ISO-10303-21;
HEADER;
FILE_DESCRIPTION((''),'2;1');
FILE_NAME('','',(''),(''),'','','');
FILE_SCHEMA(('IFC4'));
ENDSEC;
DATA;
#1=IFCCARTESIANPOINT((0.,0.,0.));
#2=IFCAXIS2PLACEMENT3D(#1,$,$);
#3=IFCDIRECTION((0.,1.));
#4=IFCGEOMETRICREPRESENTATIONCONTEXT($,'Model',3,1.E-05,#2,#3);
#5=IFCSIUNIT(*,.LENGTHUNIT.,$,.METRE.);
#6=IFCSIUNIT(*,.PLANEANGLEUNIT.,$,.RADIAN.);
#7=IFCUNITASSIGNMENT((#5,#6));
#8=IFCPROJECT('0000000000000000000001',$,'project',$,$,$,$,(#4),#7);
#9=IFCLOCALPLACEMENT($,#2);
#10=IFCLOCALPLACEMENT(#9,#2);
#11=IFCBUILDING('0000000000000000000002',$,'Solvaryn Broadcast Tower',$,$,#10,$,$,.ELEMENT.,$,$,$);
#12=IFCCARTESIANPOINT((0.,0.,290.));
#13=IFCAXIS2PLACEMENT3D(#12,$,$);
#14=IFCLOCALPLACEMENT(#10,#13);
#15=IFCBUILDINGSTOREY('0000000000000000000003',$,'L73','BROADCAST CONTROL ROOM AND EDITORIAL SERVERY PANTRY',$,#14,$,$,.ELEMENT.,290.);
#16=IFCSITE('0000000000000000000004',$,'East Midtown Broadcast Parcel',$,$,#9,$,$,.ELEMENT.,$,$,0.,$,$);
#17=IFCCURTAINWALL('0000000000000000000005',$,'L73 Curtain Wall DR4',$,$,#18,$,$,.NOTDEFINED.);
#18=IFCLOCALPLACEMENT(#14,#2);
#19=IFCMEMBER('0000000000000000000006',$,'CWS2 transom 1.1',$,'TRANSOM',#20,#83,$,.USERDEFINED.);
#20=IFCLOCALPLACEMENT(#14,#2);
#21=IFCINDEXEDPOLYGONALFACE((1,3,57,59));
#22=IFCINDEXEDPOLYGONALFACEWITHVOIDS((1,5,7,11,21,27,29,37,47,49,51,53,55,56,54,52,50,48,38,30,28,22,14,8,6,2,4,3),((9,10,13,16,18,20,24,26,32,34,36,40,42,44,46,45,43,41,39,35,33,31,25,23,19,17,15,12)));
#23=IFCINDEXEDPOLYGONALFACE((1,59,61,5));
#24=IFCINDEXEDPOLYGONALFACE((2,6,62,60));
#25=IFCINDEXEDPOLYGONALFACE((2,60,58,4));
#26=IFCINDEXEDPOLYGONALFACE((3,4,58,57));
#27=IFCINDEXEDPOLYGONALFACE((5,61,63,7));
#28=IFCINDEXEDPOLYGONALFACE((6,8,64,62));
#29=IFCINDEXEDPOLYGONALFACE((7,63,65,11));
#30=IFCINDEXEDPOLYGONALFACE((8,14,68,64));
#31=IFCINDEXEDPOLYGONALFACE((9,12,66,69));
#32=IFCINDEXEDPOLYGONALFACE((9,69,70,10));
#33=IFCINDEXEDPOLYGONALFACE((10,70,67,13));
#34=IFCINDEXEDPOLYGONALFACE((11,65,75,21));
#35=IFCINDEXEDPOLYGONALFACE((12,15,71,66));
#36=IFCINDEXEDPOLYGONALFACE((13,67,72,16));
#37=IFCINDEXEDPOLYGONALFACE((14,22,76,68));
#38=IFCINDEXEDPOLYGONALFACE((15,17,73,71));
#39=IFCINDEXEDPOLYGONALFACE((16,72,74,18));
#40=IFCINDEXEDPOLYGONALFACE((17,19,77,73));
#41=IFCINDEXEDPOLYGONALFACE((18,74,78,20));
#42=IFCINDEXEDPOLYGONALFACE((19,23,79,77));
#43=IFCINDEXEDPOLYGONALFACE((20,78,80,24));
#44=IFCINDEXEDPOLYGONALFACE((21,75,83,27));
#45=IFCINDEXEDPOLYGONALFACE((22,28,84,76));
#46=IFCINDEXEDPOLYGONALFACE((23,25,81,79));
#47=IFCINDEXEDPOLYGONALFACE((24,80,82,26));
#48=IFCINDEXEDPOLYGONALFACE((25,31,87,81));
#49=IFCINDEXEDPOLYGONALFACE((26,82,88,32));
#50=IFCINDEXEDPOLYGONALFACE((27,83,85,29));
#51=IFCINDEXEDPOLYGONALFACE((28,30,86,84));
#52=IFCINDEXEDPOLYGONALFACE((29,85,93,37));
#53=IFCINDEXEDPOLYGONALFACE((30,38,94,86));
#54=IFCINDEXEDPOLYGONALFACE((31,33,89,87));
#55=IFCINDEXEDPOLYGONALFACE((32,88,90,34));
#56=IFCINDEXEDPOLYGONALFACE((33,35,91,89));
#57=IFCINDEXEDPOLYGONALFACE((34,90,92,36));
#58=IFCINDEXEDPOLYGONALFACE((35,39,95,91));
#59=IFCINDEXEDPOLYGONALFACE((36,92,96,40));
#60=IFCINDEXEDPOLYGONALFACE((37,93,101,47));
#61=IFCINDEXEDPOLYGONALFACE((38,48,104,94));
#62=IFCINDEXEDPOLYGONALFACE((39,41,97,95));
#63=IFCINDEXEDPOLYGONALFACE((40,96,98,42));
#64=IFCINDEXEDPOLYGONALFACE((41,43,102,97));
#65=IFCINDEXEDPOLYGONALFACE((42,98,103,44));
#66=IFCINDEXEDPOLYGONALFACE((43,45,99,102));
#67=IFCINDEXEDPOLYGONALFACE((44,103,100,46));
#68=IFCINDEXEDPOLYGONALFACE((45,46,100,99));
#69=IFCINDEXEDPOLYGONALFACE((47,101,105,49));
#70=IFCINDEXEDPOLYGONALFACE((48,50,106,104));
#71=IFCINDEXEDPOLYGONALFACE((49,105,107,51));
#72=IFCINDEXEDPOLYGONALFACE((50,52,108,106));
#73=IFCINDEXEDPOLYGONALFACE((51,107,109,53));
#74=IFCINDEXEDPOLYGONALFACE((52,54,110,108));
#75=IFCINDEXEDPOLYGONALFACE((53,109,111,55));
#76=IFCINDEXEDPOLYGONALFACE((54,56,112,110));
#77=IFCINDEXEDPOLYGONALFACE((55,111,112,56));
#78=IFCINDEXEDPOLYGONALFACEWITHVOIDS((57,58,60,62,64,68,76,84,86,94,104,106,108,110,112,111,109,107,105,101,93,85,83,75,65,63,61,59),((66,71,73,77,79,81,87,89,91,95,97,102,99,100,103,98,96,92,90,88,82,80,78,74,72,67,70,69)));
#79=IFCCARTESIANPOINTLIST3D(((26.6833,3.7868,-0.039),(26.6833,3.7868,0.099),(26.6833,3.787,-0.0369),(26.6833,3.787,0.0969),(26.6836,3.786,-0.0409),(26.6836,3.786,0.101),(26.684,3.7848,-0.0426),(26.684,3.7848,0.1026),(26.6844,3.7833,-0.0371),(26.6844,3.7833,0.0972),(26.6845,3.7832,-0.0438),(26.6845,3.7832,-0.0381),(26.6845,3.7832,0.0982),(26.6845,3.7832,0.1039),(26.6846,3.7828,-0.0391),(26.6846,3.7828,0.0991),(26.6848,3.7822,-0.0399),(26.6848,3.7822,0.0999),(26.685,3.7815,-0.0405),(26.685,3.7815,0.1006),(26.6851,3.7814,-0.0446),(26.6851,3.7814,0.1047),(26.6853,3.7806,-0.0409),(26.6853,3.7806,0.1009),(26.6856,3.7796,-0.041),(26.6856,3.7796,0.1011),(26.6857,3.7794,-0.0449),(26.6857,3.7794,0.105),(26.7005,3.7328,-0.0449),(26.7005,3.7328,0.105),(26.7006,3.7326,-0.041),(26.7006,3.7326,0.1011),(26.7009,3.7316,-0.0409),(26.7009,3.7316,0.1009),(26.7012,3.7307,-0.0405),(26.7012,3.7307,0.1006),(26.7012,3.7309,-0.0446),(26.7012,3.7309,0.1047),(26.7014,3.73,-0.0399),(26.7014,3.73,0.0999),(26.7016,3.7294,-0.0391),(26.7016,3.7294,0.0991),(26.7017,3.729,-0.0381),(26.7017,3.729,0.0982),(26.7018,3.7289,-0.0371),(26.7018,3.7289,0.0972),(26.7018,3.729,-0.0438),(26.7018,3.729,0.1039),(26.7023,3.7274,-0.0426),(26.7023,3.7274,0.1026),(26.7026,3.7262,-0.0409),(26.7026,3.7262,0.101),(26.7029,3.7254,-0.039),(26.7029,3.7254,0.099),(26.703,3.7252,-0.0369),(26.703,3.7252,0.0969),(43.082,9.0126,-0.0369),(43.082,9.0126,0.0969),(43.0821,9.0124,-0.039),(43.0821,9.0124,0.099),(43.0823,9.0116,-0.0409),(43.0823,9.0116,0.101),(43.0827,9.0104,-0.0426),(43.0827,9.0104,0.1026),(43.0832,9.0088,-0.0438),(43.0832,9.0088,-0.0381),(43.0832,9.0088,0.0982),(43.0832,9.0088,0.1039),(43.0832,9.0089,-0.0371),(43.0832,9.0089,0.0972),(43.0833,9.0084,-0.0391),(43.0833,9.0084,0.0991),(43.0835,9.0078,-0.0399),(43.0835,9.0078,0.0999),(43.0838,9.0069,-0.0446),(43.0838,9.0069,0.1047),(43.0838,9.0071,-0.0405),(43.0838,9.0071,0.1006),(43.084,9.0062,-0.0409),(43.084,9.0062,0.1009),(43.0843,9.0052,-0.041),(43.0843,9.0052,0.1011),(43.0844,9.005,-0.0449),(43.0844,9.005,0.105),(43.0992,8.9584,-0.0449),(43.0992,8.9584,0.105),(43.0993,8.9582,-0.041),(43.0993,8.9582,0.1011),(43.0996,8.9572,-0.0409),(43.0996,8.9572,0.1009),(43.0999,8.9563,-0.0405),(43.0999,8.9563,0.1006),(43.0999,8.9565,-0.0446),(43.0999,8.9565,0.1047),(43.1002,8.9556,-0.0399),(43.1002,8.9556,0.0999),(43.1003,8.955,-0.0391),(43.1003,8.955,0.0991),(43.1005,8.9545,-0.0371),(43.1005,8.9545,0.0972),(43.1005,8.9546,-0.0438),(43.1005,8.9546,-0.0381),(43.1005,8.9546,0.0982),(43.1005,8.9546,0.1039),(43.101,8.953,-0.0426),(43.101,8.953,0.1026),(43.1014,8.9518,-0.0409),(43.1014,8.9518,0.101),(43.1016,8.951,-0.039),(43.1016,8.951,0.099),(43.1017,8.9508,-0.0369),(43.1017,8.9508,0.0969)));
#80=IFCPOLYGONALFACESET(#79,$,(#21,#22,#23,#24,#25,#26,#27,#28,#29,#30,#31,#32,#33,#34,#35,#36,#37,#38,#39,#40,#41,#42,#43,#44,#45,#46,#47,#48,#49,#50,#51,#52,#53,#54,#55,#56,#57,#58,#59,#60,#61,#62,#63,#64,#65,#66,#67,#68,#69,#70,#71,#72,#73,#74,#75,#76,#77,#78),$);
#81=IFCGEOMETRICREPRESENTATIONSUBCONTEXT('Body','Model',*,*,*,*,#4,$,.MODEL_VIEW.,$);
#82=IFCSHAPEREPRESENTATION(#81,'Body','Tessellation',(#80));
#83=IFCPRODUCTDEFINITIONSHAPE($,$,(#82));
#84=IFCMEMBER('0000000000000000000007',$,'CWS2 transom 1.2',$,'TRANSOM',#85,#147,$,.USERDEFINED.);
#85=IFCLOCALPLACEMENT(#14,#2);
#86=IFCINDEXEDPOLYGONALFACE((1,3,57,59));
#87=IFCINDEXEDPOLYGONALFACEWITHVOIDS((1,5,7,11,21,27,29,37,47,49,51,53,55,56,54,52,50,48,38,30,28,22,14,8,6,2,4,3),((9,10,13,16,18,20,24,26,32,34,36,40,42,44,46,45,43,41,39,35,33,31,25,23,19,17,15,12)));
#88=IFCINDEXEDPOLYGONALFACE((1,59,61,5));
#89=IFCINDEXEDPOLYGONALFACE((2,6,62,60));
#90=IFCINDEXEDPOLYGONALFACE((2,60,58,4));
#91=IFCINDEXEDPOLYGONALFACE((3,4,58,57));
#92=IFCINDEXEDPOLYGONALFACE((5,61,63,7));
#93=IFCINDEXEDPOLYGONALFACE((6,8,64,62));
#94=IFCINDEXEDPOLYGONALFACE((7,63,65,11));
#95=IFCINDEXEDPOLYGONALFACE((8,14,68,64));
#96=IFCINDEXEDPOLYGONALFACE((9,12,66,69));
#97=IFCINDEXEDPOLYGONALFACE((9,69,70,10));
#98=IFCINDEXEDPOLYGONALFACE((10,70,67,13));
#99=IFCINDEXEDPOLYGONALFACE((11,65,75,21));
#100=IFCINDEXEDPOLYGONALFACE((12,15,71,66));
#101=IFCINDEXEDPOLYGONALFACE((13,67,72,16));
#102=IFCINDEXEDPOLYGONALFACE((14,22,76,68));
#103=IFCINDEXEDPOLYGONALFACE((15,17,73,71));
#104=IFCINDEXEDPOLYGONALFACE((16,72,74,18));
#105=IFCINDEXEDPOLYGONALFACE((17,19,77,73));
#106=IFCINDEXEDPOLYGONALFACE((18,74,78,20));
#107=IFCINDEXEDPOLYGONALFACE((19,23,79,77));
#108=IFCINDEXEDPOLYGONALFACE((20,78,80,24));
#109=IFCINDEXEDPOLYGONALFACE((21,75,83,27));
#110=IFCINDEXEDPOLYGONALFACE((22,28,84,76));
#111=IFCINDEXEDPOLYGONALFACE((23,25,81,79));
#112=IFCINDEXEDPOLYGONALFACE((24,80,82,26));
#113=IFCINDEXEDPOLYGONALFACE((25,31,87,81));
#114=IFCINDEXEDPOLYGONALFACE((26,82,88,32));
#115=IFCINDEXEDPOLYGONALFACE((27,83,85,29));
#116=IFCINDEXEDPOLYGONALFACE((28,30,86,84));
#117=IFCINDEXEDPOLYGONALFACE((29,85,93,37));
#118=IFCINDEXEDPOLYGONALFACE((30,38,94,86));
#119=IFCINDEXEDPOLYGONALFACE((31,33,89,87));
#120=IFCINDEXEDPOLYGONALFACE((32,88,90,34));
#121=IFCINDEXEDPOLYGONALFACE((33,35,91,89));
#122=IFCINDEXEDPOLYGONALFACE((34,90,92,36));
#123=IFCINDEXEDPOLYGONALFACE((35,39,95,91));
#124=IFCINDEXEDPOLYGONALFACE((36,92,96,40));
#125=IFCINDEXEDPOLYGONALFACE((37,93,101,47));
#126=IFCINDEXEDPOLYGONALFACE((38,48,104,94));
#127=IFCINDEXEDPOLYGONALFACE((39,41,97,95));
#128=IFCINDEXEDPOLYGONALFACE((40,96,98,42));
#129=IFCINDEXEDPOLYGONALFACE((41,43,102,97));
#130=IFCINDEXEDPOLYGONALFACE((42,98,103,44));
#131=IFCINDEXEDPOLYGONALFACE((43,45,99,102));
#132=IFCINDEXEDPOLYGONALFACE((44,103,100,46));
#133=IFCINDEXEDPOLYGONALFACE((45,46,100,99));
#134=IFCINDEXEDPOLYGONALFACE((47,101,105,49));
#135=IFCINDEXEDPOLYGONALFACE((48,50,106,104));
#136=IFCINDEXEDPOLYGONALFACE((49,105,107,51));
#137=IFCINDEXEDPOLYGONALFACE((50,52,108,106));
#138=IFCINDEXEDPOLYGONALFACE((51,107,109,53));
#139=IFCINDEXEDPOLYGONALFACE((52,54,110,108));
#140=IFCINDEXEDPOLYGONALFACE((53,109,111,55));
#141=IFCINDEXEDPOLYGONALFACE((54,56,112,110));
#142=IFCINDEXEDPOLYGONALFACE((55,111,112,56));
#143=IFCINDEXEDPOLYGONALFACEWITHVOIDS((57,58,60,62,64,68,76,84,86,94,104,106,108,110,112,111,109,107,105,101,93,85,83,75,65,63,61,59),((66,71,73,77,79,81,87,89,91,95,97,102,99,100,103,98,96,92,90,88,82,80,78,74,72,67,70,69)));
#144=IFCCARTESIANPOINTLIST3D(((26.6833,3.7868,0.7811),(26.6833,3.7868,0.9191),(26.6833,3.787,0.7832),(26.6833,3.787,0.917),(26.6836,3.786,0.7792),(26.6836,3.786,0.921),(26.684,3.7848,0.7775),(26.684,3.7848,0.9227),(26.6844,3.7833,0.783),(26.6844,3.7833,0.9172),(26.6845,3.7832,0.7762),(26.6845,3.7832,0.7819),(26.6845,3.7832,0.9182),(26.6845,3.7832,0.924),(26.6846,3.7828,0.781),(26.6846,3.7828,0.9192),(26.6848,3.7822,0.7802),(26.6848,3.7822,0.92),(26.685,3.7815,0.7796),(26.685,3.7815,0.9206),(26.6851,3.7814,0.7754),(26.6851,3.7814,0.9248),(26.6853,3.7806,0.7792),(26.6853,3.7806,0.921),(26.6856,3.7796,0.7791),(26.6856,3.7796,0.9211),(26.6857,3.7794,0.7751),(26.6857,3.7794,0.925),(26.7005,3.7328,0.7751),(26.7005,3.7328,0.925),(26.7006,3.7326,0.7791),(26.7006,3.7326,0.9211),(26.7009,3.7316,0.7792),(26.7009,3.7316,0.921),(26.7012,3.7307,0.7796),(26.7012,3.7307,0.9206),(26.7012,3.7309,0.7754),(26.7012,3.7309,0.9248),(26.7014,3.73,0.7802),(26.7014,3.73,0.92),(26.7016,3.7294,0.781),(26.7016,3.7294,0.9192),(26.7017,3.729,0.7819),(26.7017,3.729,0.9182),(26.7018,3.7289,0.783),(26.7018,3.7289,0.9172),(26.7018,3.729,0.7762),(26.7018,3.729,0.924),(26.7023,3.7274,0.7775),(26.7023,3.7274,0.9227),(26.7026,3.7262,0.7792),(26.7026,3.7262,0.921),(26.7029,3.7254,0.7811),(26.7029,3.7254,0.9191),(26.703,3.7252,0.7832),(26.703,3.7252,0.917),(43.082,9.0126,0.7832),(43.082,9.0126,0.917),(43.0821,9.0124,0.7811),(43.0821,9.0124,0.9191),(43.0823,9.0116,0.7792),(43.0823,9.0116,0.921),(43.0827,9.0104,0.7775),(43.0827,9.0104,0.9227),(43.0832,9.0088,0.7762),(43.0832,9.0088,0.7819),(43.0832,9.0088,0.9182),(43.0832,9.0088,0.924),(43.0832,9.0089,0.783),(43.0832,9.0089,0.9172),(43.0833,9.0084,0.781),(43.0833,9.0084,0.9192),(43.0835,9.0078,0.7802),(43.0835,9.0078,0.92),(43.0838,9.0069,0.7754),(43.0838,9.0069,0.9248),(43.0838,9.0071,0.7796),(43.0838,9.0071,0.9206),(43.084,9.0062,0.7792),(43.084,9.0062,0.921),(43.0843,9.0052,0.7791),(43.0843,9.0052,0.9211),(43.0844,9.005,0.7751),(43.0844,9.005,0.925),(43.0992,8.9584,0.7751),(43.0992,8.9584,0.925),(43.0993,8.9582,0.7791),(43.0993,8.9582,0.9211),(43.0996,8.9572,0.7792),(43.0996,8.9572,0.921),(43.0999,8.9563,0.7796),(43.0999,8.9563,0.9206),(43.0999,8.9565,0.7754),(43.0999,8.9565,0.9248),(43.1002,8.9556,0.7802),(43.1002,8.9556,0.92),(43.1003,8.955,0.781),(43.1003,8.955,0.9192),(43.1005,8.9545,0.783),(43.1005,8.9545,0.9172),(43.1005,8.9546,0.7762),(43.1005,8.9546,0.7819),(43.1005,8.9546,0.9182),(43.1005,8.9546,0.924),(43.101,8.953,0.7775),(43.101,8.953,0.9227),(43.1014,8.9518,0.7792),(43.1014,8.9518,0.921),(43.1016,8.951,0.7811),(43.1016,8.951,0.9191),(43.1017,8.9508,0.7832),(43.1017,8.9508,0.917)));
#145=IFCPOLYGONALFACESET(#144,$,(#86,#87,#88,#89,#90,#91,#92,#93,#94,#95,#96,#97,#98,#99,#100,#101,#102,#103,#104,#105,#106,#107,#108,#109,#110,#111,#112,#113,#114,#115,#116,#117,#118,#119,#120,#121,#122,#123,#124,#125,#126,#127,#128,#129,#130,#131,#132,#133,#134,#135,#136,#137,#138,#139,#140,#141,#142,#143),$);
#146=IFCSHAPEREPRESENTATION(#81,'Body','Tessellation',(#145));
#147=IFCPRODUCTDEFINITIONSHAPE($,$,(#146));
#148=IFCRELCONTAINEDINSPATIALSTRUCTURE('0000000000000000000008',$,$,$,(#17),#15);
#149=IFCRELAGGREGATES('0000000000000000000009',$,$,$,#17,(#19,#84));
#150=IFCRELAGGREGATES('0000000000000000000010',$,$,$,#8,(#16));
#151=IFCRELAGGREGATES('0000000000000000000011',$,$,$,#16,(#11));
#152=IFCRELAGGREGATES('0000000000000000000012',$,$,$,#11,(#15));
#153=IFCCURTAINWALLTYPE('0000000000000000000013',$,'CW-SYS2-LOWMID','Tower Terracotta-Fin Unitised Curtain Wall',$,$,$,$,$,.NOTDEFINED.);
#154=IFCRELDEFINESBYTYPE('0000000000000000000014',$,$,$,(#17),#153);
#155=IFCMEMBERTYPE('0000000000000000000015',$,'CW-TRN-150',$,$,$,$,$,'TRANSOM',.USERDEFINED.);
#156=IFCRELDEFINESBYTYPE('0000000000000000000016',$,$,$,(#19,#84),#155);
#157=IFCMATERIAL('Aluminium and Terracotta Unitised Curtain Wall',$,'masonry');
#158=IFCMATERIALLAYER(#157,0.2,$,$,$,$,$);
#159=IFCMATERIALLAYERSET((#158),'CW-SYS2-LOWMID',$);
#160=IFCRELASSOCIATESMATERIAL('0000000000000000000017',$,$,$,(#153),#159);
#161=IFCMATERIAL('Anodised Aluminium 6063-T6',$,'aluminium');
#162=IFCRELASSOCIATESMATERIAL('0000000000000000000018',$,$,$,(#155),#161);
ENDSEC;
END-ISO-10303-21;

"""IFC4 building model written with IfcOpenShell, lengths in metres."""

from ifc_helpers import new_model, si_unit, direction, frame, origin, origin_2d, place, context, subcontext, project, spatial, hollow_rectangle, extrude, material, layer, layer_set, material_profile, profile_set, type_object, element, aggregate, save


model = new_model("IFC4")

# Units and contexts
model_context = context("Model", 3, precision=1e-05, world=origin(), true_north=direction((0.0, 1.0)))
body_context = subcontext(model_context, "Body", "Model", "MODEL_VIEW")
ifc_project = project(units=[si_unit("LENGTHUNIT", "METRE"), si_unit("PLANEANGLEUNIT", "RADIAN")], contexts=[model_context])

# Site, building, storey
site_placement = place(None, origin())
site = spatial("IfcSite", under=ifc_project, at=site_placement, Name="East Midtown Broadcast Parcel", CompositionType="ELEMENT", RefElevation=0.0)
building_placement = place(site_placement, origin())
building = spatial("IfcBuilding", under=site, at=building_placement, Name="Solvaryn Broadcast Tower", CompositionType="ELEMENT")
storey_placement = place(building_placement, frame((0.0, 0.0, 290.0)))
storey = spatial("IfcBuildingStorey", under=building, at=storey_placement, Name="L73", Description="BROADCAST CONTROL ROOM AND EDITORIAL SERVERY PANTRY", CompositionType="ELEMENT", Elevation=290.0)

# Shared definitions
ifc_material_1 = material(Name="Aluminium and Terracotta Unitised Curtain Wall", Category="masonry")
ifc_layer_1 = layer(ifc_material_1, 0.2)
ifc_layer_set_1 = layer_set([ifc_layer_1], Name="CW-SYS2-LOWMID")
curtain_wall_type = type_object("IfcCurtainWallType", Name="CW-SYS2-LOWMID", Description="Tower Terracotta-Fin Unitised Curtain Wall", PredefinedType="NOTDEFINED", material=ifc_layer_set_1)

# Curtain wall, members
curtain_wall_1_placement = place(storey_placement, origin())
curtain_wall_1 = element("IfcCurtainWall", 1, at=curtain_wall_1_placement, inside=storey, type_object=curtain_wall_type, Name="L73 Curtain Wall DR4", PredefinedType="NOTDEFINED")
ifc_material_2 = material(Name="Anodised Aluminium 6063-T6", Category="aluminium")
ifc_material_profile_1 = material_profile(ifc_material_2, hollow_rectangle(XDim=0.0649, YDim=0.1499, WallThickness=0.0039, InnerFilletRadius=0.0039, OuterFilletRadius=0.0081, at=origin_2d()))
ifc_profile_set_1 = profile_set([ifc_material_profile_1], Name="Anodised Aluminium 6063-T6")
member_type_1 = type_object("IfcMemberType", Name="CW-TRN-150", ElementType="TRANSOM", PredefinedType="USERDEFINED", material=ifc_profile_set_1)
member_1_placement = place(storey_placement, frame((26.6931, 3.7561, 0.03), z_axis=(0.952794, 0.303616, 0.0), x_axis=(-0.303616, 0.952794, 0.0)))
member_1 = element("IfcMember", 2, at=member_1_placement, type_object=member_type_1, Name="CWS2 transom 1.1", ObjectType="TRANSOM", PredefinedType="USERDEFINED", context=body_context, shape_type="SweptSolid", body=[
    extrude(hollow_rectangle(XDim=0.0649, YDim=0.1499, WallThickness=0.0039, InnerFilletRadius=0.0039, OuterFilletRadius=0.0081, at=origin_2d()), origin(), (0.0, 0.0, 1.0), 17.2112),
])
member_2_placement = place(storey_placement, frame((26.6931, 3.7561, 0.8501), z_axis=(0.952794, 0.303616, 0.0), x_axis=(-0.303616, 0.952794, 0.0)))
member_2 = element("IfcMember", 3, at=member_2_placement, type_object=member_type_1, Name="CWS2 transom 1.2", ObjectType="TRANSOM", PredefinedType="USERDEFINED", context=body_context, shape_type="SweptSolid", body=[
    extrude(hollow_rectangle(XDim=0.0649, YDim=0.1499, WallThickness=0.0039, InnerFilletRadius=0.0039, OuterFilletRadius=0.0081, at=origin_2d()), origin(), (0.0, 0.0, 1.0), 17.2112),
])
aggregate(curtain_wall_1, [member_1, member_2])

save(model, "model.ifc")
